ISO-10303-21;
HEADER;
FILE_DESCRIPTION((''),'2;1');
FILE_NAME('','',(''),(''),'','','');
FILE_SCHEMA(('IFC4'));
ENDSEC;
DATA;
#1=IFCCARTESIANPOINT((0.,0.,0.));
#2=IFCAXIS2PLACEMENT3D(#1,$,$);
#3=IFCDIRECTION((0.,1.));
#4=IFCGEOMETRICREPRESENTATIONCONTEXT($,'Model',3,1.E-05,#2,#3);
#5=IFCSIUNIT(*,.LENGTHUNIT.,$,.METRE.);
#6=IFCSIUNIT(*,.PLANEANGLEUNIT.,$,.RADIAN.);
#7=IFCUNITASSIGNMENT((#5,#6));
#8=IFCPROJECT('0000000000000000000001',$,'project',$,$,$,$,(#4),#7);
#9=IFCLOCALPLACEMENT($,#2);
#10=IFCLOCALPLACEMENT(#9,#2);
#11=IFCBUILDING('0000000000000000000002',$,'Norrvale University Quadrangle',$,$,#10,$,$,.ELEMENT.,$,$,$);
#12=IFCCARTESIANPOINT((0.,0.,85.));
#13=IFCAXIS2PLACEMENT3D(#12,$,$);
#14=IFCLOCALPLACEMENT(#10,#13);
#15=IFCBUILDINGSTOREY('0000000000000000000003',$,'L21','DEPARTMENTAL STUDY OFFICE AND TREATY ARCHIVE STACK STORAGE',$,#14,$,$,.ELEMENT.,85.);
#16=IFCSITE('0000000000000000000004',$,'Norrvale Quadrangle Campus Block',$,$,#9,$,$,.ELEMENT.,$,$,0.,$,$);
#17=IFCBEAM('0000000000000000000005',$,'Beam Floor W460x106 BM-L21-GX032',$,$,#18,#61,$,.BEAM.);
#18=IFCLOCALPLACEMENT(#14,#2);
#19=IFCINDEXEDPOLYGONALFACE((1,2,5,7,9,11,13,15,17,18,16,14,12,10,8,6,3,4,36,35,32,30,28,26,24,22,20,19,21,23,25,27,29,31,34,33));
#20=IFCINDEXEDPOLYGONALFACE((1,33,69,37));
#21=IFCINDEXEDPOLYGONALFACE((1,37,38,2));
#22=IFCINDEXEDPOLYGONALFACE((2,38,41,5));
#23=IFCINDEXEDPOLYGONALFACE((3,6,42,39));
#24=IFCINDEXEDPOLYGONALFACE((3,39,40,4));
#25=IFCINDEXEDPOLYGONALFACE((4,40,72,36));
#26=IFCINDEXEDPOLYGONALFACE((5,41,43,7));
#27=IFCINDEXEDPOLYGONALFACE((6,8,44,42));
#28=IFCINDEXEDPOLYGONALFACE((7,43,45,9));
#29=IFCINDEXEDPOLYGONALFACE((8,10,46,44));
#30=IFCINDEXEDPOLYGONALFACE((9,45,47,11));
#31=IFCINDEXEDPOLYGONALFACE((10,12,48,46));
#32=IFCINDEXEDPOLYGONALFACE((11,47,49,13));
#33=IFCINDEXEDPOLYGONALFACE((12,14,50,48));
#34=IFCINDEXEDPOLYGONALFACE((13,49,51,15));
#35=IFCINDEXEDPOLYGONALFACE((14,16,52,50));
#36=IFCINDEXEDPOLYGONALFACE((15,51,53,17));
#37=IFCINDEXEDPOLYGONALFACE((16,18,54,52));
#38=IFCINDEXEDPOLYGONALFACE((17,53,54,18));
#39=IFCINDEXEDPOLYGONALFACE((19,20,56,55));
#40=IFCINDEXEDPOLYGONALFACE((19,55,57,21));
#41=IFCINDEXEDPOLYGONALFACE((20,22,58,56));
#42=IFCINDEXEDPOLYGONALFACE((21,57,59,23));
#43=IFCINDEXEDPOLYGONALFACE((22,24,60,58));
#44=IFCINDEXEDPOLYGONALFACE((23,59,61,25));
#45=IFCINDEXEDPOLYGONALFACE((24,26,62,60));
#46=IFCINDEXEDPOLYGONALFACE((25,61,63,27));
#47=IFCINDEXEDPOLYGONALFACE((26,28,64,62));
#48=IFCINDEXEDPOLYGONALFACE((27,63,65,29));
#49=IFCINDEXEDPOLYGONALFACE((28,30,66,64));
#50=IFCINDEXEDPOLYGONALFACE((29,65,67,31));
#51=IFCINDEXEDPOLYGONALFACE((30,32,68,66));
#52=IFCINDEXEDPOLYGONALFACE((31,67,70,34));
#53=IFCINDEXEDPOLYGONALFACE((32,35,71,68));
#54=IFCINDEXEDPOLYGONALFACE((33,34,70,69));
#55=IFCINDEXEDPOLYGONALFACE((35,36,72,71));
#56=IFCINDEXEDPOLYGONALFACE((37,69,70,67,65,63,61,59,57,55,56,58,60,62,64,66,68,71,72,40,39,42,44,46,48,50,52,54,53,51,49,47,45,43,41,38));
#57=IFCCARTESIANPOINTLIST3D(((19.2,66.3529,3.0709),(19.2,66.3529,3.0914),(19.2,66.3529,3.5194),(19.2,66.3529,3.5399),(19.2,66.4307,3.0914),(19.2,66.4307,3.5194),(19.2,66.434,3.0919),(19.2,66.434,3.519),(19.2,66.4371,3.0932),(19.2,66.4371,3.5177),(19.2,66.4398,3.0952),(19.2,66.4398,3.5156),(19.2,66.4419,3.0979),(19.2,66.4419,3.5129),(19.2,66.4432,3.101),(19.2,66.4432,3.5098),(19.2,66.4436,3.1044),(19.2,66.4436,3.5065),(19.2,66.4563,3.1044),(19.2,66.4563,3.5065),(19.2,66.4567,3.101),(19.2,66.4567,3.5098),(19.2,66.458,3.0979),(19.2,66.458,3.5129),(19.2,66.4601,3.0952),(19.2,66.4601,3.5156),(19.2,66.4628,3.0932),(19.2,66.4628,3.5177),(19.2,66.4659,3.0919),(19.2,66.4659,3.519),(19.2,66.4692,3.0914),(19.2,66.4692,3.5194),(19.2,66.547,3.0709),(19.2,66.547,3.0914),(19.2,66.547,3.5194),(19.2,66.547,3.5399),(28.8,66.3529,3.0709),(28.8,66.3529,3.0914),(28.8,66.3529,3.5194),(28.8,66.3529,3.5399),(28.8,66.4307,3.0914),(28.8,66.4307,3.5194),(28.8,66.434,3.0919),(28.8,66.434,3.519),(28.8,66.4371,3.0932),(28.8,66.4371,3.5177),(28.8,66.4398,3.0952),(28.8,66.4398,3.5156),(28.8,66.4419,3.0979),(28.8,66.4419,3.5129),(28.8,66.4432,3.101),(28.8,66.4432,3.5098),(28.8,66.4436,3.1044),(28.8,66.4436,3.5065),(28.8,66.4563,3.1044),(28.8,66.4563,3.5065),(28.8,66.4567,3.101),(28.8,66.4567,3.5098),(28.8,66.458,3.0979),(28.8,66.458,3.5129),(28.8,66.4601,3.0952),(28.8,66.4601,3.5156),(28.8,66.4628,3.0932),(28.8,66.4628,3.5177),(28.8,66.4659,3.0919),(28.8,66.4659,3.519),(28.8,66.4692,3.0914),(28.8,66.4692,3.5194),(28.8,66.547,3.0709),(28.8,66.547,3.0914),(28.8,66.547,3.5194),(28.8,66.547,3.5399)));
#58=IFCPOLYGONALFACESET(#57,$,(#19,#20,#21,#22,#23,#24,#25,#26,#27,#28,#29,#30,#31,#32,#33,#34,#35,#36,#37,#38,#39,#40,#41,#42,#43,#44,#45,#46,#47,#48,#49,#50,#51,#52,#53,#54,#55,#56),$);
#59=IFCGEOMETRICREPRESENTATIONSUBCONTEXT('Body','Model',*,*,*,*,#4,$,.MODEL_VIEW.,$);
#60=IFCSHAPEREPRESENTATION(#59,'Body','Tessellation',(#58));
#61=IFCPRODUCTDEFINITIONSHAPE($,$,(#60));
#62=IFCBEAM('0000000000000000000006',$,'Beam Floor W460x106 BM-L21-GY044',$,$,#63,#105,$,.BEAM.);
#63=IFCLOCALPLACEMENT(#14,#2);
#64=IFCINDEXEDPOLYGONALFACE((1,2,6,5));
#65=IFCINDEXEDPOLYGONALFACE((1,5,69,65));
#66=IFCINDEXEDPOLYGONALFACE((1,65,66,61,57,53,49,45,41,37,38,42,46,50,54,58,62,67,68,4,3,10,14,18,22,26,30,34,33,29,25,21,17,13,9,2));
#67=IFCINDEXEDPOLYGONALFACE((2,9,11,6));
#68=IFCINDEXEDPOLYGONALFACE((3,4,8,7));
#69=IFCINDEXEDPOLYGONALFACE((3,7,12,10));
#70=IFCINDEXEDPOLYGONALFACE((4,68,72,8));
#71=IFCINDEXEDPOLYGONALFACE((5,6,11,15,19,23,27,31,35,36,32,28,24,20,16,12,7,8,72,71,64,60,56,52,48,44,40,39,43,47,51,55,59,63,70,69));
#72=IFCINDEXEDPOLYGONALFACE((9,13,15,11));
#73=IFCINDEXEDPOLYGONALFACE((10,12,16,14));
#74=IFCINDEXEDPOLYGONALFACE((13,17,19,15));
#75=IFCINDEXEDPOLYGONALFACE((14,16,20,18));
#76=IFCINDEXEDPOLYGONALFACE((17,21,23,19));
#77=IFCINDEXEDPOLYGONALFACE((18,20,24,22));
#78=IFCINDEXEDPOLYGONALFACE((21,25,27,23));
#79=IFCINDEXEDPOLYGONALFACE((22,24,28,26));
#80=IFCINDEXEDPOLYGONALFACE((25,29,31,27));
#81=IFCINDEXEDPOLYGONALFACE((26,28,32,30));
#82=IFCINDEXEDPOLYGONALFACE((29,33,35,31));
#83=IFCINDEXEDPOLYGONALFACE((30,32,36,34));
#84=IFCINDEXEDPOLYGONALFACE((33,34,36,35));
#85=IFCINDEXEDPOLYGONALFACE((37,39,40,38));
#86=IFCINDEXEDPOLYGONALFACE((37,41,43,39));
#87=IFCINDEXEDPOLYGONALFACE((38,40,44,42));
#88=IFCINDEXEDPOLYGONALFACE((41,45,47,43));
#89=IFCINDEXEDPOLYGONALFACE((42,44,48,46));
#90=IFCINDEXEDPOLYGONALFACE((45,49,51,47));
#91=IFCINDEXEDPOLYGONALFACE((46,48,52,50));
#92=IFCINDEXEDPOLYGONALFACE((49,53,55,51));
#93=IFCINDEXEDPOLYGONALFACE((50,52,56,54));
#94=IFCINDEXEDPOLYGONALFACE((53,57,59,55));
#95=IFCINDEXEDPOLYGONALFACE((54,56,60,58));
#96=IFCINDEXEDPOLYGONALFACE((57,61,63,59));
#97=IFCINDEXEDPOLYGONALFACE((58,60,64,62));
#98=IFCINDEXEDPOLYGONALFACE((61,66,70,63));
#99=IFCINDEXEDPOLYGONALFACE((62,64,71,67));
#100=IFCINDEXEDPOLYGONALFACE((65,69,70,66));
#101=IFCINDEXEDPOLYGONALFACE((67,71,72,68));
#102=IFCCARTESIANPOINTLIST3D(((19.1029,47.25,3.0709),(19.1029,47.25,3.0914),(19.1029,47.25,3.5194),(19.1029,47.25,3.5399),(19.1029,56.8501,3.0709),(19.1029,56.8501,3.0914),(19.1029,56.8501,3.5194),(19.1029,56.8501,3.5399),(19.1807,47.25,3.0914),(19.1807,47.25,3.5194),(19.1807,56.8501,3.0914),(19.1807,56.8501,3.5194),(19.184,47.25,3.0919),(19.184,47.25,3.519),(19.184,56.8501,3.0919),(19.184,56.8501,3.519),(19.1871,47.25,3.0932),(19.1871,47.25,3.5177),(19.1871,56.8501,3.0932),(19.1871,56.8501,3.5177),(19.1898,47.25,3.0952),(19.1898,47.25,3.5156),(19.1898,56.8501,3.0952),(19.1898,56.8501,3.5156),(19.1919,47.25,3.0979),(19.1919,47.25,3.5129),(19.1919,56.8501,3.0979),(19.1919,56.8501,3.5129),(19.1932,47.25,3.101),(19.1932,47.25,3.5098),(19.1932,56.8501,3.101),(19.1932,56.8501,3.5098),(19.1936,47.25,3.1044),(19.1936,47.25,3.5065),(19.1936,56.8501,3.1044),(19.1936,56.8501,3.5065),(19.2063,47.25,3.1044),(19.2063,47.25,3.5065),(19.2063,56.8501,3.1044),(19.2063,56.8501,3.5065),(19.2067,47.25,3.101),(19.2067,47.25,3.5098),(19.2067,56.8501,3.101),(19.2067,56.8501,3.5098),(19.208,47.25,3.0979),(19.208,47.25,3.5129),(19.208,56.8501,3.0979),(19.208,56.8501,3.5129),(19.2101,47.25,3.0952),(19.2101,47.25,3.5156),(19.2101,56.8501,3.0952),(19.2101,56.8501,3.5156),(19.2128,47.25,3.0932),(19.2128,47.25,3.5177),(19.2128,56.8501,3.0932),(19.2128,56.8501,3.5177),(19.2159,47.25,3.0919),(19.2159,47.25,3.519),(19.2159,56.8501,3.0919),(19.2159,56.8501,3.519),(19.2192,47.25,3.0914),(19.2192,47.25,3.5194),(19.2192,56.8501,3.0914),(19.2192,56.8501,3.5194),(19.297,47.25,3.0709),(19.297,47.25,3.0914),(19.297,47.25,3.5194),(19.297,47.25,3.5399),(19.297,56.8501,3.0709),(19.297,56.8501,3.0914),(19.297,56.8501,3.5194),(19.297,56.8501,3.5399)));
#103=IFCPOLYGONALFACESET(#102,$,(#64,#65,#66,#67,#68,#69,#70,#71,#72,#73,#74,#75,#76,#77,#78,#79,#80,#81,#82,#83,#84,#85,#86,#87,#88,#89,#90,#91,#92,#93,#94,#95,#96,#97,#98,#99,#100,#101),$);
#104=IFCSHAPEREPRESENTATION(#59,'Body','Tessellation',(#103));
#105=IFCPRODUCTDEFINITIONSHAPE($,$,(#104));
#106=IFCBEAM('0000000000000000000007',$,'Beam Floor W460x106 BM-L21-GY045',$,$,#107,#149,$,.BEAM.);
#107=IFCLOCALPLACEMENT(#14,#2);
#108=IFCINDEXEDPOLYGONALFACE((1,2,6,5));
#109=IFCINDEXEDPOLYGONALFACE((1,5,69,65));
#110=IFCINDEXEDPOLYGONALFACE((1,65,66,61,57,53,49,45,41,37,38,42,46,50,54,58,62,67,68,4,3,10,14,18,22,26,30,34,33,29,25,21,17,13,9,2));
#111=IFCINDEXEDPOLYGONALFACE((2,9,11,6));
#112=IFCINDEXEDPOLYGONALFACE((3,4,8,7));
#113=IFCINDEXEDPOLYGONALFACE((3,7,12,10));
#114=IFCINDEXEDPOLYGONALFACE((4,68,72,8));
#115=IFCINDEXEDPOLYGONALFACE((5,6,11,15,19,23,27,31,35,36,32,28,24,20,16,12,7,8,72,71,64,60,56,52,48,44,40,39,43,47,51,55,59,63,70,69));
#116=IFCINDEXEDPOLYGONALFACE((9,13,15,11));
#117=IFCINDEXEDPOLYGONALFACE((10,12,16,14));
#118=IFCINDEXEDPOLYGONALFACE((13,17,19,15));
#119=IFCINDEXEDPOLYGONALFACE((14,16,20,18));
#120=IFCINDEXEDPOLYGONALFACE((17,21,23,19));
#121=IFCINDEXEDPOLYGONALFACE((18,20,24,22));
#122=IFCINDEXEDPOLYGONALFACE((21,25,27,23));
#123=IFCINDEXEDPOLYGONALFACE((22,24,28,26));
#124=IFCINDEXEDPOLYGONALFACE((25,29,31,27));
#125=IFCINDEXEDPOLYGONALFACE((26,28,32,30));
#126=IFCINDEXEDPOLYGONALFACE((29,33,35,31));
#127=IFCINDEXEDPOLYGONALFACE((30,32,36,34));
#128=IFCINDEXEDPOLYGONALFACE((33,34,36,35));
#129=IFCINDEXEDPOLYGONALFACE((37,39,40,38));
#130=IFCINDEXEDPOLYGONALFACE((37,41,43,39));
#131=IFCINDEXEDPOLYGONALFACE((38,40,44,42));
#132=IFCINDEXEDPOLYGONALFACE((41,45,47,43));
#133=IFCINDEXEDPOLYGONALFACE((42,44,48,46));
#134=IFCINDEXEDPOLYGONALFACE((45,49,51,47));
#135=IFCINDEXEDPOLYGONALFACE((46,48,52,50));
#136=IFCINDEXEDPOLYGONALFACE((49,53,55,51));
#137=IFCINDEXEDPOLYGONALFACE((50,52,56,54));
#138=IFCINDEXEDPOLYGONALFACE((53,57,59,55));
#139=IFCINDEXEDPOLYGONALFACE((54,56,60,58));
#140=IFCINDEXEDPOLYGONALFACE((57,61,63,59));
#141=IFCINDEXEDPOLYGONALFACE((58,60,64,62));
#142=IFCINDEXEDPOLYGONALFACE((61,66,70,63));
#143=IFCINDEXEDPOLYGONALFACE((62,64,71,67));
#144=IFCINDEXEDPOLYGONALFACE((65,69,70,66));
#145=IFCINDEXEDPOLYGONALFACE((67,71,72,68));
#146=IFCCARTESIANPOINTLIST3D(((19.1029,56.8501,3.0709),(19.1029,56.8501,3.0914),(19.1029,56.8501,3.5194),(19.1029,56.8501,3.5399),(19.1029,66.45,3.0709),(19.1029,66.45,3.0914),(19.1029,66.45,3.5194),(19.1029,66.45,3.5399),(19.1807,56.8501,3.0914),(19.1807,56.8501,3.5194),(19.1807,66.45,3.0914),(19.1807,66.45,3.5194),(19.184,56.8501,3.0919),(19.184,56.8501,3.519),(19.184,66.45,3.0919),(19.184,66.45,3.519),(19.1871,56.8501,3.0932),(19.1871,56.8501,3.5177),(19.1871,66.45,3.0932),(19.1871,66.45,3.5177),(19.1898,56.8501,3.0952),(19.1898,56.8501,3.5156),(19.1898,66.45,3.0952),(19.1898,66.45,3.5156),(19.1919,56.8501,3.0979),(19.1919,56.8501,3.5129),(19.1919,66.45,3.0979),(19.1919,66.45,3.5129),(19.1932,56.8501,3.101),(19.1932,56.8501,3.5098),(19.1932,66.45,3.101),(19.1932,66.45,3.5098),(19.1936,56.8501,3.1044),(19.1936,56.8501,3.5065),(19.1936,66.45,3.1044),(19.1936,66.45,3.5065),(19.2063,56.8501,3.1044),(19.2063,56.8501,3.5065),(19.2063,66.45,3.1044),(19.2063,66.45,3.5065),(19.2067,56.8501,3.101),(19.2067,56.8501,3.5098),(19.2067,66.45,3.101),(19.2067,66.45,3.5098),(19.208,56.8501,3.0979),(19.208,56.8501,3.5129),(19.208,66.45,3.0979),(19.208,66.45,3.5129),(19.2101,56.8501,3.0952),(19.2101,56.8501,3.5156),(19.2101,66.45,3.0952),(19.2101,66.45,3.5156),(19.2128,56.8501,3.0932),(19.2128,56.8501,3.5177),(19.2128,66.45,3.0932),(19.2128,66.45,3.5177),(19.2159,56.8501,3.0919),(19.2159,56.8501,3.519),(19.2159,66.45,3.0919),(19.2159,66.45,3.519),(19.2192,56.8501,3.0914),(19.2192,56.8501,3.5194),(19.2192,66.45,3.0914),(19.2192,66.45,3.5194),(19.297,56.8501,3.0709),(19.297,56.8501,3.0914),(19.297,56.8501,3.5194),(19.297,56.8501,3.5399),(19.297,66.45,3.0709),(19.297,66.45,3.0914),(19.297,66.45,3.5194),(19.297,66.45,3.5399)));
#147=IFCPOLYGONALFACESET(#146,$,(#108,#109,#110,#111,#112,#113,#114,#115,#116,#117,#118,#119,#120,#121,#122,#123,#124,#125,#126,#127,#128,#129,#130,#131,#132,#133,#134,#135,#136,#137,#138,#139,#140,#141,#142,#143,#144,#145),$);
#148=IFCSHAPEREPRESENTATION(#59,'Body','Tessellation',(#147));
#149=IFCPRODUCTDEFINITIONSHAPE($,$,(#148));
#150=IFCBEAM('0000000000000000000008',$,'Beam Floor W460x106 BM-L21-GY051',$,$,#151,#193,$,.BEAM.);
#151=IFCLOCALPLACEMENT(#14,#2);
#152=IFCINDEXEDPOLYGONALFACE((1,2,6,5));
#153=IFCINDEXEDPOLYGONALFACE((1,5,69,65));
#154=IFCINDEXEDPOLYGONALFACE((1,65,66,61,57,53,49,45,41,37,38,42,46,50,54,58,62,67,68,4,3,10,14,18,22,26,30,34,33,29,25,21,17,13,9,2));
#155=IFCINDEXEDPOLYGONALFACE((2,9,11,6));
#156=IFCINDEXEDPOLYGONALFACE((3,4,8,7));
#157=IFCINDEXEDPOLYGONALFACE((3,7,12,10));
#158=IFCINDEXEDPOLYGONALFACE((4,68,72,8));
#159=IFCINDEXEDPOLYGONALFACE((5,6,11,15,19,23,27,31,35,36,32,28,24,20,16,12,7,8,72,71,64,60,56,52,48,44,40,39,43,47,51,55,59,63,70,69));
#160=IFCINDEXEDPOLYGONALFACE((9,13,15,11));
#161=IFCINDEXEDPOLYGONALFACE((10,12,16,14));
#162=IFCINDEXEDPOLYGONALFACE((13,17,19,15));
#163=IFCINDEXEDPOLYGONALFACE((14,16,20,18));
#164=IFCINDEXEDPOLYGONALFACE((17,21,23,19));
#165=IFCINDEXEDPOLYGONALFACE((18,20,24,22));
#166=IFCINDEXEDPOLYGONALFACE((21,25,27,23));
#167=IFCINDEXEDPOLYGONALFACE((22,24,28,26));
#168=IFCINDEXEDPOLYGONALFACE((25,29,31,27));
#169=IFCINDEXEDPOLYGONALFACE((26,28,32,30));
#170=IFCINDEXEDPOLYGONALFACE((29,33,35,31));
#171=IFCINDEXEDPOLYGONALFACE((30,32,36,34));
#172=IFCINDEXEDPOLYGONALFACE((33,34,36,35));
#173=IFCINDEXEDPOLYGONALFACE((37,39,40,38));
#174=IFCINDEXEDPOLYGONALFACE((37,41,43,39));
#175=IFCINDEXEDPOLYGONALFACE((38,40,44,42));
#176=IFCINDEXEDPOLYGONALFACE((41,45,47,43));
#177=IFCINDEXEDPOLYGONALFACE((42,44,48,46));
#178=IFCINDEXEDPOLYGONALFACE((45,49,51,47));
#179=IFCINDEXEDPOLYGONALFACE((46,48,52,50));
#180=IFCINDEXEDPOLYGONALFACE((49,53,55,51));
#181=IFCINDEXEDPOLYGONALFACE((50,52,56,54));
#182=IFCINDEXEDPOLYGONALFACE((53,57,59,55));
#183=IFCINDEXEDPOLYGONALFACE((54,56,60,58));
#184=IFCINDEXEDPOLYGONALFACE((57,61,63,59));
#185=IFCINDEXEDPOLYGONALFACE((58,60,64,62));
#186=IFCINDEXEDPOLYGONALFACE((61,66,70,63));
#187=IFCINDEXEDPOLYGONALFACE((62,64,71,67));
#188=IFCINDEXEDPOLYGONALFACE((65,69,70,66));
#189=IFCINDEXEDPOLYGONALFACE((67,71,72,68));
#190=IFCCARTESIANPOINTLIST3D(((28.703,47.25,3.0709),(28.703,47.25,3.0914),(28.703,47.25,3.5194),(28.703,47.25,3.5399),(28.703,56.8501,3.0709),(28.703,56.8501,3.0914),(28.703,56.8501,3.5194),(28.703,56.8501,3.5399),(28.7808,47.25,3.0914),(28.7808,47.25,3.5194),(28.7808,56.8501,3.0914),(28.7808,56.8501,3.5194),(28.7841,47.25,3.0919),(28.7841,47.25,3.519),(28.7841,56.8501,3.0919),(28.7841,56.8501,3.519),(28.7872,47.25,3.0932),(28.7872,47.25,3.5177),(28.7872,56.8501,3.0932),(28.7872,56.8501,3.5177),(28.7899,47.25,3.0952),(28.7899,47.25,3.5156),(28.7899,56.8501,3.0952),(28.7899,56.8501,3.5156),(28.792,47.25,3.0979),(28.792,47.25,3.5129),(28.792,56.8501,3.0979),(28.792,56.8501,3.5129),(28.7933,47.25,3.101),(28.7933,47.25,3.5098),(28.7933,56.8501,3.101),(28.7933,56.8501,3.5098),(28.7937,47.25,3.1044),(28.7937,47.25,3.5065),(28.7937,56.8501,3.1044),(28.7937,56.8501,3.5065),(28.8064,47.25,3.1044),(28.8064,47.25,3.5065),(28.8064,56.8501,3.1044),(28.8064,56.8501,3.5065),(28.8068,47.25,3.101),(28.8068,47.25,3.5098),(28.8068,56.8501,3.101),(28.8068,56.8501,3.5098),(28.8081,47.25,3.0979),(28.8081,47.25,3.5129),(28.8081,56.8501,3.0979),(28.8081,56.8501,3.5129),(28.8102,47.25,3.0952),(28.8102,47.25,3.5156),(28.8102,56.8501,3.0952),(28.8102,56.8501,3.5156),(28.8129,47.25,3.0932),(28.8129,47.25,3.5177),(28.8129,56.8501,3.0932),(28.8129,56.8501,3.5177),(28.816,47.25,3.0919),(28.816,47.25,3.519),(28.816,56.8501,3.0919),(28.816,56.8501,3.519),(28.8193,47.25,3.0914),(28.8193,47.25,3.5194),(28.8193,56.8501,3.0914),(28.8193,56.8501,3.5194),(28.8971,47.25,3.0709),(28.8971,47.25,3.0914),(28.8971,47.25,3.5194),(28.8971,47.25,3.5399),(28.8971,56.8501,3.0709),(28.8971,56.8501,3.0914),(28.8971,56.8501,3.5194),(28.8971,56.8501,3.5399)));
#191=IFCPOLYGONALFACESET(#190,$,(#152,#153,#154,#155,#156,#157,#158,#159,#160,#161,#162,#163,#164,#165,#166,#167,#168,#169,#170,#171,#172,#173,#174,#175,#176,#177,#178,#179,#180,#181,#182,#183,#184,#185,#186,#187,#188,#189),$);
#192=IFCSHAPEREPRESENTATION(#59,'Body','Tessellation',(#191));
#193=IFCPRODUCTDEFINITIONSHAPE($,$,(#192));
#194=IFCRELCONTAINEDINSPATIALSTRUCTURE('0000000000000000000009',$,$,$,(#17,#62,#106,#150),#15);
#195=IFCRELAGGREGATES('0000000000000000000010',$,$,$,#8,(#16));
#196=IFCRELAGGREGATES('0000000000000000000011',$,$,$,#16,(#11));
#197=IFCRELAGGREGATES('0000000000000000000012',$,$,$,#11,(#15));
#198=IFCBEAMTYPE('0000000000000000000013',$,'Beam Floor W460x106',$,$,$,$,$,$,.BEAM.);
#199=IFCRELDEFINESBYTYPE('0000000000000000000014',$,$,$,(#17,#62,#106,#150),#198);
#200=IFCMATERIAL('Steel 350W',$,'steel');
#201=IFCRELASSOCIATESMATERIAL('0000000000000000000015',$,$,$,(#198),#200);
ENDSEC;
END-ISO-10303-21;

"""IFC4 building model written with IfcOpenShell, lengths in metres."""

from ifc_helpers import new_model, si_unit, direction, frame, origin, origin_2d, place, context, subcontext, project, spatial, i_section, extrude, material, material_profile, profile_set, type_object, element, save


model = new_model("IFC4")

# Units and contexts
model_context = context("Model", 3, precision=1e-05, world=origin(), true_north=direction((0.0, 1.0)))
body_context = subcontext(model_context, "Body", "Model", "MODEL_VIEW")
ifc_project = project(units=[si_unit("LENGTHUNIT", "METRE"), si_unit("PLANEANGLEUNIT", "RADIAN")], contexts=[model_context])

# Site, building, storey
site_placement = place(None, origin())
site = spatial("IfcSite", under=ifc_project, at=site_placement, Name="Norrvale Quadrangle Campus Block", CompositionType="ELEMENT", RefElevation=0.0)
building_placement = place(site_placement, origin())
building = spatial("IfcBuilding", under=site, at=building_placement, Name="Norrvale University Quadrangle", CompositionType="ELEMENT")
storey_placement = place(building_placement, frame((0.0, 0.0, 85.0)))
storey = spatial("IfcBuildingStorey", under=building, at=storey_placement, Name="L21", Description="DEPARTMENTAL STUDY OFFICE AND TREATY ARCHIVE STACK STORAGE", CompositionType="ELEMENT", Elevation=85.0)

# Beams
ifc_material_1 = material(Name="Steel 350W", Category="steel")
ifc_material_profile_1 = material_profile(ifc_material_1, i_section(OverallWidth=0.1941, OverallDepth=0.469, WebThickness=0.0127, FlangeThickness=0.0205, FilletRadius=0.0129, at=origin_2d()), Name="Steel 350W")
ifc_profile_set_1 = profile_set([ifc_material_profile_1], Name="Steel 350W")
beam_type_1 = type_object("IfcBeamType", Name="Beam Floor W460x106", PredefinedType="BEAM", material=ifc_profile_set_1)
for number, where, z_axis, x_axis, name in (
    (1, (19.2, 66.45, 3.3054), (1.0, 0.0, 0.0), (0.0, 1.0, 0.0), "Beam Floor W460x106 BM-L21-GX032"),
    (2, (19.2, 47.25, 3.3054), (0.0, 1.0, 0.0), (-1.0, 0.0, 0.0), "Beam Floor W460x106 BM-L21-GY044"),
):
    element("IfcBeam", number, at=place(storey_placement, frame(where, z_axis=z_axis, x_axis=x_axis)), inside=storey, type_object=beam_type_1, Name=name, PredefinedType="BEAM", context=body_context, shape_type="SweptSolid", body=[
        extrude(i_section(OverallWidth=0.1941, OverallDepth=0.469, WebThickness=0.0127, FlangeThickness=0.0205, FilletRadius=0.0129, at=origin_2d()), origin(), (0.0, 0.0, 1.0), 9.6001),
    ])
beam_1_placement = place(storey_placement, frame((19.2, 56.8501, 3.3054), z_axis=(0.0, 1.0, 0.0), x_axis=(-1.0, 0.0, 0.0)))
element("IfcBeam", 3, at=beam_1_placement, inside=storey, type_object=beam_type_1, Name="Beam Floor W460x106 BM-L21-GY045", PredefinedType="BEAM", context=body_context, shape_type="SweptSolid", body=[
    extrude(i_section(OverallWidth=0.1941, OverallDepth=0.469, WebThickness=0.0127, FlangeThickness=0.0205, FilletRadius=0.0129, at=origin_2d()), origin(), (0.0, 0.0, 1.0), 9.5999),
])
beam_2_placement = place(storey_placement, frame((28.8, 47.25, 3.3054), z_axis=(0.0, 1.0, 0.0), x_axis=(-1.0, 0.0, 0.0)))
element("IfcBeam", 4, at=beam_2_placement, inside=storey, type_object=beam_type_1, Name="Beam Floor W460x106 BM-L21-GY051", PredefinedType="BEAM", context=body_context, shape_type="SweptSolid", body=[
    extrude(i_section(OverallWidth=0.1941, OverallDepth=0.469, WebThickness=0.0127, FlangeThickness=0.0205, FilletRadius=0.0129, at=origin_2d()), origin(), (0.0, 0.0, 1.0), 9.6001),
])

save(model, "model.ifc")
